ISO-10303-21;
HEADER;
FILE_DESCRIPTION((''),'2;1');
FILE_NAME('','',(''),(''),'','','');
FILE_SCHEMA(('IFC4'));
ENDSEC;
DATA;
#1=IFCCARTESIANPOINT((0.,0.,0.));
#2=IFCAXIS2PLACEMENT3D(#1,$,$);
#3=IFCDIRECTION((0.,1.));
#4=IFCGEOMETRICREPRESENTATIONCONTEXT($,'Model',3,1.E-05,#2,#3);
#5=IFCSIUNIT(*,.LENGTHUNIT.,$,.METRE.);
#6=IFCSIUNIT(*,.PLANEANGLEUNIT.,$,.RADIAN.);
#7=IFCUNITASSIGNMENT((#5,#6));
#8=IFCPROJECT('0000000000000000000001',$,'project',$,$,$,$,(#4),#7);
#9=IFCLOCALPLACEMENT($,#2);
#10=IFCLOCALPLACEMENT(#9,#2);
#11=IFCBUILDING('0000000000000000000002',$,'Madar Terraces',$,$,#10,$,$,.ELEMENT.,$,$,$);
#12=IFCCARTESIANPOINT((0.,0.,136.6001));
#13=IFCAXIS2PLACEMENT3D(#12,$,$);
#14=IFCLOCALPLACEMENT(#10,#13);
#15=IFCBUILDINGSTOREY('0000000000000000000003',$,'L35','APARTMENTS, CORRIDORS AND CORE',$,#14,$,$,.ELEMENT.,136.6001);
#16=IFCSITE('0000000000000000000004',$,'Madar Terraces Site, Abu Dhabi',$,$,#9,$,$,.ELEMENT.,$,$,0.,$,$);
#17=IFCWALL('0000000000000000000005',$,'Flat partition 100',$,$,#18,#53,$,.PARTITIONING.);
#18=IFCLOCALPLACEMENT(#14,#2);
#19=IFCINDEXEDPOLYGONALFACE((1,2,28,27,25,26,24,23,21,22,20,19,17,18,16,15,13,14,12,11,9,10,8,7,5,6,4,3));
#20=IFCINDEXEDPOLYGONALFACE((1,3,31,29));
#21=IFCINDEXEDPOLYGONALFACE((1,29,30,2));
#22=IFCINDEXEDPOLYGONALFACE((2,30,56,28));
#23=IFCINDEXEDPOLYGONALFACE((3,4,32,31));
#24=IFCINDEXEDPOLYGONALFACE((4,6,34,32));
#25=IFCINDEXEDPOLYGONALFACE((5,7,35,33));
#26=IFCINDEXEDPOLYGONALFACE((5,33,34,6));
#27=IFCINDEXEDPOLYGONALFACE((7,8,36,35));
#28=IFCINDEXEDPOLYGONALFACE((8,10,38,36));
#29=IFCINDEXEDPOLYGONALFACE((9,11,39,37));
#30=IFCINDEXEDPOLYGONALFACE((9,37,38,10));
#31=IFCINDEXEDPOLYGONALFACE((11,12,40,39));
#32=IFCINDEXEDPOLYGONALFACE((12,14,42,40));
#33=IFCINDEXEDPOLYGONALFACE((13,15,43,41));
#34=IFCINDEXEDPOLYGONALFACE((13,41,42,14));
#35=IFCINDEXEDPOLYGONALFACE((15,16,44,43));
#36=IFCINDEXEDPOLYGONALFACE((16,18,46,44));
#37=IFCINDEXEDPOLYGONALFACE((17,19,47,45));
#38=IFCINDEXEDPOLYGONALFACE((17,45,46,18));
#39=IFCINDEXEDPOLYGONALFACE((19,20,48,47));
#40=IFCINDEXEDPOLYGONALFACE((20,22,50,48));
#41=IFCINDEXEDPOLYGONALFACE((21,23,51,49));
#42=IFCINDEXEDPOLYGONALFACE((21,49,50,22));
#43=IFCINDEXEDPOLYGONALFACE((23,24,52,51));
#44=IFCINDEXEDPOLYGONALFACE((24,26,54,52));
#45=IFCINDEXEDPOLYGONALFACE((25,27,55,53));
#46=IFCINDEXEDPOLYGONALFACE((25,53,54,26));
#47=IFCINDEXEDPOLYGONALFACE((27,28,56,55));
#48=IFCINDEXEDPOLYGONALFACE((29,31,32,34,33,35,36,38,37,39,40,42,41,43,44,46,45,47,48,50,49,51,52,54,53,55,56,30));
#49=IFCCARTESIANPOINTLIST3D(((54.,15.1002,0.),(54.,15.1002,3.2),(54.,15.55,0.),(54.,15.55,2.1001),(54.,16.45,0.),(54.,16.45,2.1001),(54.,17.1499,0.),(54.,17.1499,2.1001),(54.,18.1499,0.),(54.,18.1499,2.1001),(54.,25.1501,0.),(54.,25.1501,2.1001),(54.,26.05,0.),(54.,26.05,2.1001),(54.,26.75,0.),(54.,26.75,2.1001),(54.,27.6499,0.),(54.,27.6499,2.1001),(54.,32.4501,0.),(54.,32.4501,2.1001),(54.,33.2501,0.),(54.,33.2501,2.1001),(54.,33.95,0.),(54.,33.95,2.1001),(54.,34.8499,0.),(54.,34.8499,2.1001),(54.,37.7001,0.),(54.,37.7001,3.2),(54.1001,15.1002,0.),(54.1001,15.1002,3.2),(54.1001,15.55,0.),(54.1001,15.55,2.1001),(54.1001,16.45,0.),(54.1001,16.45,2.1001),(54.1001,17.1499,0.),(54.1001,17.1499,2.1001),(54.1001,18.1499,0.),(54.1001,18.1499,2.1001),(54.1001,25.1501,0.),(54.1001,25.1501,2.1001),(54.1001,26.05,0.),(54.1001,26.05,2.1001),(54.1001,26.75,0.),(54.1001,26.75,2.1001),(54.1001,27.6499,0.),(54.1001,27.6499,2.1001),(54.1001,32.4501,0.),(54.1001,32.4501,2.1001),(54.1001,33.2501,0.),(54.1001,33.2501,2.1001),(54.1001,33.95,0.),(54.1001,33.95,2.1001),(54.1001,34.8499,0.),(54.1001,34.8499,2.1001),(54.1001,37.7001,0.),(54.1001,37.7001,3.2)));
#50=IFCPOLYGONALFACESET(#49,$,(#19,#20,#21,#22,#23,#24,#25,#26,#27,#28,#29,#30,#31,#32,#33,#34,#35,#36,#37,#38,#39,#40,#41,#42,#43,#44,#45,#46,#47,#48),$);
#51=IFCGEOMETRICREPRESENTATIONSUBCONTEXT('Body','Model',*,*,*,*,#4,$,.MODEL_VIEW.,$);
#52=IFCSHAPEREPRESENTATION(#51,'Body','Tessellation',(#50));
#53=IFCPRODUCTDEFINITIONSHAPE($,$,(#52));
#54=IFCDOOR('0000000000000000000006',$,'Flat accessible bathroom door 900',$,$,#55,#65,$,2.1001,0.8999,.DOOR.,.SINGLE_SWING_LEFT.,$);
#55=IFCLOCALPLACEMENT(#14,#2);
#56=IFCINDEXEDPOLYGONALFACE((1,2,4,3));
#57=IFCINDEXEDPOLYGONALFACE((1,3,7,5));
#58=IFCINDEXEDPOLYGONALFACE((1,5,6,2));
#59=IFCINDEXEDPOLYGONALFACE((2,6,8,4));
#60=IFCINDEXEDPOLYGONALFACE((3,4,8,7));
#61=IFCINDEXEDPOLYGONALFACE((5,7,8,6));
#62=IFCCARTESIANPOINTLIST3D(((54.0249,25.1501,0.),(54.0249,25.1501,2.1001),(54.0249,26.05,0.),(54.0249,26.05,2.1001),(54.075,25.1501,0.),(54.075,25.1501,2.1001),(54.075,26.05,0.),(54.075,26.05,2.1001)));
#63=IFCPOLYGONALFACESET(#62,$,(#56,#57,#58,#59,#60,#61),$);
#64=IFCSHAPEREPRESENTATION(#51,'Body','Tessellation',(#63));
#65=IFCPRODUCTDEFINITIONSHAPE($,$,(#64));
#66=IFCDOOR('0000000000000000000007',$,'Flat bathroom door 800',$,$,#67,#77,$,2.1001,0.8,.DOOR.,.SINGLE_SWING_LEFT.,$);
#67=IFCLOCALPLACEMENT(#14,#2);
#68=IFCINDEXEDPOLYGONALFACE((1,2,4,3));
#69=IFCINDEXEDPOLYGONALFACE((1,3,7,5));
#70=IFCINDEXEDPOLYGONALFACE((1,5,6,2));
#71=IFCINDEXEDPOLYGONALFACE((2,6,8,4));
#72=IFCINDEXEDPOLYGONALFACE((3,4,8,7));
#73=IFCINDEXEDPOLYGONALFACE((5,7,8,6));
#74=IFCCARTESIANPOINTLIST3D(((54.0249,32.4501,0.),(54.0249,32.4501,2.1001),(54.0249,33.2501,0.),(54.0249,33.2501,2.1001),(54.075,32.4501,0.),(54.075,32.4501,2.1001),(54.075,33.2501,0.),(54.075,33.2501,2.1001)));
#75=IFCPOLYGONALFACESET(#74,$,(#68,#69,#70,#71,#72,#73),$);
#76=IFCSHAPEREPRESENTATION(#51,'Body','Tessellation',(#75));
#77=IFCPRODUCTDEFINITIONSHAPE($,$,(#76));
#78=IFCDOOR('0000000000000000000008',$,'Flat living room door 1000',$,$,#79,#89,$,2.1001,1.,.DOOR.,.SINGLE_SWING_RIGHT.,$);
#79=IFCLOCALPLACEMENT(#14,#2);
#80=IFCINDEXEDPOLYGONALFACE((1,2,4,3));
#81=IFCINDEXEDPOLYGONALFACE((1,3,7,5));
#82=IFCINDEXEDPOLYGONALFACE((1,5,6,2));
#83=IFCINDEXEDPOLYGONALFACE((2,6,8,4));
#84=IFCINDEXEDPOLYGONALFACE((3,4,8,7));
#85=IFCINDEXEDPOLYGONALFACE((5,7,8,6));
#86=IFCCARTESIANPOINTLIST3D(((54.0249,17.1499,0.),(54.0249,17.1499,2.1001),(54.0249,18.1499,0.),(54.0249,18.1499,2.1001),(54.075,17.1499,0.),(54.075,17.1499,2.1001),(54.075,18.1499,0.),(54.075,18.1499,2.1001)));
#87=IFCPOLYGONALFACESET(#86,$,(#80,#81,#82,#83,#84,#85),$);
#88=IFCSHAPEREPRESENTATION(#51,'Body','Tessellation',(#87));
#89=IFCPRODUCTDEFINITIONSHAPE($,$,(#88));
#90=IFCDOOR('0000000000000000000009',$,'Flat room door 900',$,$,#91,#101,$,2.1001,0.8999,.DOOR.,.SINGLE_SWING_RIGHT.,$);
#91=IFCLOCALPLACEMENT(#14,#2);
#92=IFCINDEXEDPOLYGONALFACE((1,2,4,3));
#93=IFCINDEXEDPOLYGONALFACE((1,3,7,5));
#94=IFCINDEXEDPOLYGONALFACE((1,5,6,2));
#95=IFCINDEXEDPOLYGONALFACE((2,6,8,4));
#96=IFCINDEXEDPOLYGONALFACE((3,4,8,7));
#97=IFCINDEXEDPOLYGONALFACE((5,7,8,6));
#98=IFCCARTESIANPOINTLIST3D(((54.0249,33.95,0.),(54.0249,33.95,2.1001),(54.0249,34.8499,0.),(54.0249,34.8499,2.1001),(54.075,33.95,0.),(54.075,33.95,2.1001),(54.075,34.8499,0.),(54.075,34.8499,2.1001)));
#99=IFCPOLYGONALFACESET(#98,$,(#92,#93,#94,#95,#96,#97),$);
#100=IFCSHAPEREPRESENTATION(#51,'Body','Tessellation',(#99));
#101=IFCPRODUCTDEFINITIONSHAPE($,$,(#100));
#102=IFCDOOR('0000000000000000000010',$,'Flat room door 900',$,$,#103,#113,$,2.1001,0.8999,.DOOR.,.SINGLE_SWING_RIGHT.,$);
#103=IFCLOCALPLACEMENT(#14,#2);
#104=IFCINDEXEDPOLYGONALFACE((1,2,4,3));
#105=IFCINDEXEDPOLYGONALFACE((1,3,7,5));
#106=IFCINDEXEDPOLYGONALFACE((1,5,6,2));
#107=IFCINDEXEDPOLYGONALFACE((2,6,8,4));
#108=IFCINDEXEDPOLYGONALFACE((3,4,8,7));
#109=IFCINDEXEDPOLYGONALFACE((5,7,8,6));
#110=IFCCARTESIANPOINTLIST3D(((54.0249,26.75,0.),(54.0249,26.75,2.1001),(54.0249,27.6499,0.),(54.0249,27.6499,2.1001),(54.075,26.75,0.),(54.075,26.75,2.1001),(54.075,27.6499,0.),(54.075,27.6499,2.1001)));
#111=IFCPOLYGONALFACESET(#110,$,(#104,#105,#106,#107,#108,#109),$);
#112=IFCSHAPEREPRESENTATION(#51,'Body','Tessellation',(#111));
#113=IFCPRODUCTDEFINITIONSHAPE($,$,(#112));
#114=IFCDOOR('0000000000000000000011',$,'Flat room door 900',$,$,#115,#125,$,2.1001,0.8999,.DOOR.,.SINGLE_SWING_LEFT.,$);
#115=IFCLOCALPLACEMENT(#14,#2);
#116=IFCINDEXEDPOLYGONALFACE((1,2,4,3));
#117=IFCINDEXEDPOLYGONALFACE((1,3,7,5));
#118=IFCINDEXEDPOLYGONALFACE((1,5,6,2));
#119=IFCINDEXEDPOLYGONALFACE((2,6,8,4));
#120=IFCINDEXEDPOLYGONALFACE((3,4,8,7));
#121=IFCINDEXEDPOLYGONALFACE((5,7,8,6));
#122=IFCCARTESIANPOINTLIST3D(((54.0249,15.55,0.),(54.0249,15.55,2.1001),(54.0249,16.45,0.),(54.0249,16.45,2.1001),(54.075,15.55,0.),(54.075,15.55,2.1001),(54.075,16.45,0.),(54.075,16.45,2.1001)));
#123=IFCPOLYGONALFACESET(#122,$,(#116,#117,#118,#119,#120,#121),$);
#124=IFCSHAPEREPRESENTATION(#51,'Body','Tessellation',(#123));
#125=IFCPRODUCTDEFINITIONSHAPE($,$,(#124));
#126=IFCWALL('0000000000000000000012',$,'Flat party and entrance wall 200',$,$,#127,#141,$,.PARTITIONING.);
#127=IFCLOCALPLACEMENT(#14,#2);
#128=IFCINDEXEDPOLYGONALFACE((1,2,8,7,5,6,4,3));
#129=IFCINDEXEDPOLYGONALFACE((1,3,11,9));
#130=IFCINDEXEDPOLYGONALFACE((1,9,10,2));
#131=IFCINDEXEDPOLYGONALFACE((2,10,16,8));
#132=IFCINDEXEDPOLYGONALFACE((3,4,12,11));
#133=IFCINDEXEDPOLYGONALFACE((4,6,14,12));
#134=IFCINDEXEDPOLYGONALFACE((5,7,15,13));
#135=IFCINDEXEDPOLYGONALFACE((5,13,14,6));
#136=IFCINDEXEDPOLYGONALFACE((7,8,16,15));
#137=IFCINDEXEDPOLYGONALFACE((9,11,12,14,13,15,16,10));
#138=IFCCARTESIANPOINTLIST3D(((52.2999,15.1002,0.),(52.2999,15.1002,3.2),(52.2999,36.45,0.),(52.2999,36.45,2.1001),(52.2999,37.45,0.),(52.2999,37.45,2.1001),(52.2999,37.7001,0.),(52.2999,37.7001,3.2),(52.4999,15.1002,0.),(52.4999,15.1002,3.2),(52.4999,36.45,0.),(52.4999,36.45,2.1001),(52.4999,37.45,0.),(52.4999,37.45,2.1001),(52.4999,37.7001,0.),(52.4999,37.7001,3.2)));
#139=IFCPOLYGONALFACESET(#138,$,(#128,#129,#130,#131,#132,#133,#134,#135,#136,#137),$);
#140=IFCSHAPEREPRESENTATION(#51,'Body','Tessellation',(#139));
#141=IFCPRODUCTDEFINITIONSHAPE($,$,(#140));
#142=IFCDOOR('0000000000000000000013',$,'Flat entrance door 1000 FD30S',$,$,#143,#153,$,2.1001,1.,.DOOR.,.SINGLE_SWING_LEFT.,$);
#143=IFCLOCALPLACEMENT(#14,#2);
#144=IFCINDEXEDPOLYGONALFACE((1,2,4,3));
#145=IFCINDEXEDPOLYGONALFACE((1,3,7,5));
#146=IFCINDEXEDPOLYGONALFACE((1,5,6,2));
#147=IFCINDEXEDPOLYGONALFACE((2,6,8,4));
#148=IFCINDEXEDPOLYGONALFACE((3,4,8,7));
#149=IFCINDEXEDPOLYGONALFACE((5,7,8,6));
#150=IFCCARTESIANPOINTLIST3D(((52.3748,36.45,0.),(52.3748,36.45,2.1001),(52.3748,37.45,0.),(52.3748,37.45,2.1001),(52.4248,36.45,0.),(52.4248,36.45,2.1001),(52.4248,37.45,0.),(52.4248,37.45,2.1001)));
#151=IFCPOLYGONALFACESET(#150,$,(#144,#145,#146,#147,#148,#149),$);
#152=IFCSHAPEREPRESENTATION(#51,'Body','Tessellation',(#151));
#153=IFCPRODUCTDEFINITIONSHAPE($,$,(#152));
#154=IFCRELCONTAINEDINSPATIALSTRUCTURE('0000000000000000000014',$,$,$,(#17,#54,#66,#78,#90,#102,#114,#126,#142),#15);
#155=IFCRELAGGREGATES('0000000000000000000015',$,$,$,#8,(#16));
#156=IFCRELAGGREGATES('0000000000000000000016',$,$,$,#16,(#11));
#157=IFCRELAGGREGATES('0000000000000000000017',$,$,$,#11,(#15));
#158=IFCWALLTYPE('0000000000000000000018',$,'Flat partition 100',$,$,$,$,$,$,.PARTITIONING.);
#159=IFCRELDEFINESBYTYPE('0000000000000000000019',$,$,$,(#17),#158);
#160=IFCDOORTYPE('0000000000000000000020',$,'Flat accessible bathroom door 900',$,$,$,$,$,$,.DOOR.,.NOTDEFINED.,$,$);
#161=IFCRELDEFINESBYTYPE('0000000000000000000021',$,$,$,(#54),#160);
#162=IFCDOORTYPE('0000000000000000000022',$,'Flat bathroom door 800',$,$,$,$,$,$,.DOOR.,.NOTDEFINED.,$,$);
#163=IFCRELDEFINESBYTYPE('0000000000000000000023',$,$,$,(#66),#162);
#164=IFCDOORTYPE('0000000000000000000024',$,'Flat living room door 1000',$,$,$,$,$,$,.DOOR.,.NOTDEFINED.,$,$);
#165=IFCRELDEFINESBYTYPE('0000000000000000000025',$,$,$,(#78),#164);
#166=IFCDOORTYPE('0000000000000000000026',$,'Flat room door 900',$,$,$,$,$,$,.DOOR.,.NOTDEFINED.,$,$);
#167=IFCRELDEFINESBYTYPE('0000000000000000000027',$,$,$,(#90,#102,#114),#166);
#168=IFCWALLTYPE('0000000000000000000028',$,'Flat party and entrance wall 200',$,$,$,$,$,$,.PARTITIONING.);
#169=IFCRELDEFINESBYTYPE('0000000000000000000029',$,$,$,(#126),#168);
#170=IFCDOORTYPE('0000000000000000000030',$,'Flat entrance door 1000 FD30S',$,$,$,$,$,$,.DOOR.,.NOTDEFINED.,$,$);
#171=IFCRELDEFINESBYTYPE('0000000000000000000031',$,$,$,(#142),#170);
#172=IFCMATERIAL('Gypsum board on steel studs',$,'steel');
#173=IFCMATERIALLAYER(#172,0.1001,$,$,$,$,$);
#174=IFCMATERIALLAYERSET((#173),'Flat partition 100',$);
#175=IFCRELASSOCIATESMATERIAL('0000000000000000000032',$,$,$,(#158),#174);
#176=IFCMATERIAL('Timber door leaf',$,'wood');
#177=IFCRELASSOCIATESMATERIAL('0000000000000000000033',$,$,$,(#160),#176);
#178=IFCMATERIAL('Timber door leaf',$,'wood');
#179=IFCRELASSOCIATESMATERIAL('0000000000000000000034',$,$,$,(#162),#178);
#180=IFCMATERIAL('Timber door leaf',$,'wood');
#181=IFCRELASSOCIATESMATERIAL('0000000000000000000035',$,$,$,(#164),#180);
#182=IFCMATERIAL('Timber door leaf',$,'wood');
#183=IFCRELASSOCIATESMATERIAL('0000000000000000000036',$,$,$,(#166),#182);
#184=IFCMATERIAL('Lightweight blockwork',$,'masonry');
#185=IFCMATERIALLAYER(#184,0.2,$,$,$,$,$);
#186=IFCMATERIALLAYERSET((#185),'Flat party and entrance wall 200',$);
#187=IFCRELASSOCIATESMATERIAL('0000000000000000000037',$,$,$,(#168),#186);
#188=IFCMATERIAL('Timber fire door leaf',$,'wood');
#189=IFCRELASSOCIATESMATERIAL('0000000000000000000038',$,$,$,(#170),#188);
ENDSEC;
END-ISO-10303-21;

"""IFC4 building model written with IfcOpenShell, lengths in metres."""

from ifc_helpers import new_model, si_unit, direction, frame, frame_2d, origin, place, context, subcontext, project, spatial, rectangle, extrude, material, layer, layer_set, type_object, element, fill, save


model = new_model("IFC4")

# Units and contexts
model_context = context("Model", 3, precision=1e-05, world=origin(), true_north=direction((0.0, 1.0)))
body_context = subcontext(model_context, "Body", "Model", "MODEL_VIEW")
ifc_project = project(units=[si_unit("LENGTHUNIT", "METRE"), si_unit("PLANEANGLEUNIT", "RADIAN")], contexts=[model_context])

# Site, building, storey
site_placement = place(None, origin())
site = spatial("IfcSite", under=ifc_project, at=site_placement, Name="Madar Terraces Site, Abu Dhabi", CompositionType="ELEMENT", RefElevation=0.0)
building_placement = place(site_placement, origin())
building = spatial("IfcBuilding", under=site, at=building_placement, Name="Madar Terraces", CompositionType="ELEMENT")
storey_placement = place(building_placement, frame((0.0, 0.0, 136.6001)))
storey = spatial("IfcBuildingStorey", under=building, at=storey_placement, Name="L35", Description="APARTMENTS, CORRIDORS AND CORE", CompositionType="ELEMENT", Elevation=136.6001)

# Wall, openings, doors
ifc_material_1 = material(Name="Gypsum board on steel studs", Category="steel")
ifc_layer_1 = layer(ifc_material_1, 0.1001)
ifc_layer_set_1 = layer_set([ifc_layer_1], Name="Flat partition 100")
wall_type_1 = type_object("IfcWallType", Name="Flat partition 100", PredefinedType="PARTITIONING", material=ifc_layer_set_1)
wall_1_placement = place(storey_placement, frame((54.05, 37.7, 0.0), z_axis=(0.0, 0.0, 1.0), x_axis=(0.0, -1.0, 0.0)))
wall_1 = element("IfcWall", 1, at=wall_1_placement, inside=storey, type_object=wall_type_1, Name="Flat partition 100", PredefinedType="PARTITIONING", context=body_context, shape_type="SweptSolid", body=[
    extrude(rectangle(XDim=22.5999, YDim=0.1001, at=frame_2d((11.2998, 0.0))), origin(), (0.0, 0.0, 1.0), 3.2),
])
opening_1_placement = place(wall_1_placement, frame((2.8501, 0.0, 0.0)))
opening_1 = element("IfcOpeningElement", 2, at=opening_1_placement, cuts=wall_1, PredefinedType="OPENING", context=body_context, shape_type="SweptSolid", body=[
    extrude(rectangle(XDim=0.8999, YDim=2.1001, at=frame_2d((0.45, 1.05))), frame((0.0, 0.0601, 0.0), z_axis=(0.0, -1.0, 0.0), x_axis=(1.0, 0.0, 0.0)), (0.0, 0.0, 1.0), 0.1201),
])
opening_2_placement = place(wall_1_placement, frame((4.45, 0.0, 0.0)))
opening_2 = element("IfcOpeningElement", 3, at=opening_2_placement, cuts=wall_1, PredefinedType="OPENING", context=body_context, shape_type="SweptSolid", body=[
    extrude(rectangle(XDim=0.8, YDim=2.1001, at=frame_2d((0.3999, 1.05))), frame((0.0, 0.0601, 0.0), z_axis=(0.0, -1.0, 0.0), x_axis=(1.0, 0.0, 0.0)), (0.0, 0.0, 1.0), 0.1201),
])
opening_3_placement = place(wall_1_placement, frame((10.05, 0.0, 0.0)))
opening_3 = element("IfcOpeningElement", 4, at=opening_3_placement, cuts=wall_1, PredefinedType="OPENING", context=body_context, shape_type="SweptSolid", body=[
    extrude(rectangle(XDim=0.8999, YDim=2.1001, at=frame_2d((0.45, 1.05))), frame((0.0, 0.0601, 0.0), z_axis=(0.0, -1.0, 0.0), x_axis=(1.0, 0.0, 0.0)), (0.0, 0.0, 1.0), 0.1201),
])
opening_4_placement = place(wall_1_placement, frame((11.6499, 0.0, 0.0)))
opening_4 = element("IfcOpeningElement", 5, at=opening_4_placement, cuts=wall_1, PredefinedType="OPENING", context=body_context, shape_type="SweptSolid", body=[
    extrude(rectangle(XDim=0.8999, YDim=2.1001, at=frame_2d((0.45, 1.05))), frame((0.0, 0.0601, 0.0), z_axis=(0.0, -1.0, 0.0), x_axis=(1.0, 0.0, 0.0)), (0.0, 0.0, 1.0), 0.1201),
])
opening_5_placement = place(wall_1_placement, frame((19.55, 0.0, 0.0)))
opening_5 = element("IfcOpeningElement", 6, at=opening_5_placement, cuts=wall_1, PredefinedType="OPENING", context=body_context, shape_type="SweptSolid", body=[
    extrude(rectangle(XDim=1.0, YDim=2.1001, at=frame_2d((0.5, 1.05))), frame((0.0, 0.0601, 0.0), z_axis=(0.0, -1.0, 0.0), x_axis=(1.0, 0.0, 0.0)), (0.0, 0.0, 1.0), 0.1201),
])
opening_6_placement = place(wall_1_placement, frame((21.25, 0.0, 0.0)))
opening_6 = element("IfcOpeningElement", 7, at=opening_6_placement, cuts=wall_1, PredefinedType="OPENING", context=body_context, shape_type="SweptSolid", body=[
    extrude(rectangle(XDim=0.8999, YDim=2.1001, at=frame_2d((0.45, 1.05))), frame((0.0, 0.0601, 0.0), z_axis=(0.0, -1.0, 0.0), x_axis=(1.0, 0.0, 0.0)), (0.0, 0.0, 1.0), 0.1201),
])
ifc_material_2 = material(Name="Timber door leaf", Category="wood")
door_type_1 = type_object("IfcDoorType", Name="Flat accessible bathroom door 900", OperationType="NOTDEFINED", PredefinedType="DOOR", material=ifc_material_2)
door_1_placement = place(opening_4_placement, origin())
door_1 = element("IfcDoor", 8, at=door_1_placement, inside=storey, type_object=door_type_1, Name="Flat accessible bathroom door 900", OperationType="SINGLE_SWING_LEFT", OverallHeight=2.1001, OverallWidth=0.8999, PredefinedType="DOOR", context=body_context, shape_type="SweptSolid", body=[
    extrude(rectangle(XDim=0.8999, YDim=2.1001, at=frame_2d((0.45, 1.05))), frame((0.0, 0.0249, 0.0), z_axis=(0.0, -1.0, 0.0), x_axis=(1.0, 0.0, 0.0)), (0.0, 0.0, 1.0), 0.05),
])
fill(opening_4, door_1)
ifc_material_3 = material(Name="Timber door leaf", Category="wood")
door_type_2 = type_object("IfcDoorType", Name="Flat bathroom door 800", OperationType="NOTDEFINED", PredefinedType="DOOR", material=ifc_material_3)
door_2_placement = place(opening_2_placement, origin())
door_2 = element("IfcDoor", 9, at=door_2_placement, inside=storey, type_object=door_type_2, Name="Flat bathroom door 800", OperationType="SINGLE_SWING_LEFT", OverallHeight=2.1001, OverallWidth=0.8, PredefinedType="DOOR", context=body_context, shape_type="SweptSolid", body=[
    extrude(rectangle(XDim=0.8, YDim=2.1001, at=frame_2d((0.3999, 1.05))), frame((0.0, 0.0249, 0.0), z_axis=(0.0, -1.0, 0.0), x_axis=(1.0, 0.0, 0.0)), (0.0, 0.0, 1.0), 0.05),
])
fill(opening_2, door_2)
ifc_material_4 = material(Name="Timber door leaf", Category="wood")
door_type_3 = type_object("IfcDoorType", Name="Flat living room door 1000", OperationType="NOTDEFINED", PredefinedType="DOOR", material=ifc_material_4)
door_3_placement = place(opening_5_placement, origin())
door_3 = element("IfcDoor", 10, at=door_3_placement, inside=storey, type_object=door_type_3, Name="Flat living room door 1000", OperationType="SINGLE_SWING_RIGHT", OverallHeight=2.1001, OverallWidth=1.0, PredefinedType="DOOR", context=body_context, shape_type="SweptSolid", body=[
    extrude(rectangle(XDim=1.0, YDim=2.1001, at=frame_2d((0.5, 1.05))), frame((0.0, 0.0249, 0.0), z_axis=(0.0, -1.0, 0.0), x_axis=(1.0, 0.0, 0.0)), (0.0, 0.0, 1.0), 0.05),
])
fill(opening_5, door_3)
ifc_material_5 = material(Name="Timber door leaf", Category="wood")
door_type_4 = type_object("IfcDoorType", Name="Flat room door 900", OperationType="NOTDEFINED", PredefinedType="DOOR", material=ifc_material_5)
door_4_placement = place(opening_1_placement, origin())
door_4 = element("IfcDoor", 11, at=door_4_placement, inside=storey, type_object=door_type_4, Name="Flat room door 900", OperationType="SINGLE_SWING_RIGHT", OverallHeight=2.1001, OverallWidth=0.8999, PredefinedType="DOOR", context=body_context, shape_type="SweptSolid", body=[
    extrude(rectangle(XDim=0.8999, YDim=2.1001, at=frame_2d((0.45, 1.05))), frame((0.0, 0.0249, 0.0), z_axis=(0.0, -1.0, 0.0), x_axis=(1.0, 0.0, 0.0)), (0.0, 0.0, 1.0), 0.05),
])
fill(opening_1, door_4)
door_5_placement = place(opening_3_placement, origin())
door_5 = element("IfcDoor", 12, at=door_5_placement, inside=storey, type_object=door_type_4, Name="Flat room door 900", OperationType="SINGLE_SWING_RIGHT", OverallHeight=2.1001, OverallWidth=0.8999, PredefinedType="DOOR", context=body_context, shape_type="SweptSolid", body=[
    extrude(rectangle(XDim=0.8999, YDim=2.1001, at=frame_2d((0.45, 1.05))), frame((0.0, 0.0249, 0.0), z_axis=(0.0, -1.0, 0.0), x_axis=(1.0, 0.0, 0.0)), (0.0, 0.0, 1.0), 0.05),
])
fill(opening_3, door_5)
door_6_placement = place(opening_6_placement, origin())
door_6 = element("IfcDoor", 13, at=door_6_placement, inside=storey, type_object=door_type_4, Name="Flat room door 900", OperationType="SINGLE_SWING_LEFT", OverallHeight=2.1001, OverallWidth=0.8999, PredefinedType="DOOR", context=body_context, shape_type="SweptSolid", body=[
    extrude(rectangle(XDim=0.8999, YDim=2.1001, at=frame_2d((0.45, 1.05))), frame((0.0, 0.0249, 0.0), z_axis=(0.0, -1.0, 0.0), x_axis=(1.0, 0.0, 0.0)), (0.0, 0.0, 1.0), 0.05),
])
fill(opening_6, door_6)

# Wall, opening, door
ifc_material_6 = material(Name="Lightweight blockwork", Category="masonry")
ifc_layer_2 = layer(ifc_material_6, 0.2)
ifc_layer_set_2 = layer_set([ifc_layer_2], Name="Flat party and entrance wall 200")
wall_type_2 = type_object("IfcWallType", Name="Flat party and entrance wall 200", PredefinedType="PARTITIONING", material=ifc_layer_set_2)
wall_2_placement = place(storey_placement, frame((52.3999, 37.7, 0.0), z_axis=(0.0, 0.0, 1.0), x_axis=(0.0, -1.0, 0.0)))
wall_2 = element("IfcWall", 14, at=wall_2_placement, inside=storey, type_object=wall_type_2, Name="Flat party and entrance wall 200", PredefinedType="PARTITIONING", context=body_context, shape_type="SweptSolid", body=[
    extrude(rectangle(XDim=22.5999, YDim=0.2, at=frame_2d((11.2998, 0.0))), origin(), (0.0, 0.0, 1.0), 3.2),
])
opening_7_placement = place(wall_2_placement, frame((0.25, 0.0, 0.0)))
opening_7 = element("IfcOpeningElement", 15, at=opening_7_placement, cuts=wall_2, PredefinedType="OPENING", context=body_context, shape_type="SweptSolid", body=[
    extrude(rectangle(XDim=1.0, YDim=2.1001, at=frame_2d((0.5, 1.05))), frame((0.0, 0.1099, 0.0), z_axis=(0.0, -1.0, 0.0), x_axis=(1.0, 0.0, 0.0)), (0.0, 0.0, 1.0), 0.22),
])
ifc_material_7 = material(Name="Timber fire door leaf", Category="wood")
door_type_5 = type_object("IfcDoorType", Name="Flat entrance door 1000 FD30S", OperationType="NOTDEFINED", PredefinedType="DOOR", material=ifc_material_7)
door_7_placement = place(opening_7_placement, origin())
door_7 = element("IfcDoor", 16, at=door_7_placement, inside=storey, type_object=door_type_5, Name="Flat entrance door 1000 FD30S", OperationType="SINGLE_SWING_LEFT", OverallHeight=2.1001, OverallWidth=1.0, PredefinedType="DOOR", context=body_context, shape_type="SweptSolid", body=[
    extrude(rectangle(XDim=1.0, YDim=2.1001, at=frame_2d((0.5, 1.05))), frame((0.0, 0.0249, 0.0), z_axis=(0.0, -1.0, 0.0), x_axis=(1.0, 0.0, 0.0)), (0.0, 0.0, 1.0), 0.05),
])
fill(opening_7, door_7)

save(model, "model.ifc")
